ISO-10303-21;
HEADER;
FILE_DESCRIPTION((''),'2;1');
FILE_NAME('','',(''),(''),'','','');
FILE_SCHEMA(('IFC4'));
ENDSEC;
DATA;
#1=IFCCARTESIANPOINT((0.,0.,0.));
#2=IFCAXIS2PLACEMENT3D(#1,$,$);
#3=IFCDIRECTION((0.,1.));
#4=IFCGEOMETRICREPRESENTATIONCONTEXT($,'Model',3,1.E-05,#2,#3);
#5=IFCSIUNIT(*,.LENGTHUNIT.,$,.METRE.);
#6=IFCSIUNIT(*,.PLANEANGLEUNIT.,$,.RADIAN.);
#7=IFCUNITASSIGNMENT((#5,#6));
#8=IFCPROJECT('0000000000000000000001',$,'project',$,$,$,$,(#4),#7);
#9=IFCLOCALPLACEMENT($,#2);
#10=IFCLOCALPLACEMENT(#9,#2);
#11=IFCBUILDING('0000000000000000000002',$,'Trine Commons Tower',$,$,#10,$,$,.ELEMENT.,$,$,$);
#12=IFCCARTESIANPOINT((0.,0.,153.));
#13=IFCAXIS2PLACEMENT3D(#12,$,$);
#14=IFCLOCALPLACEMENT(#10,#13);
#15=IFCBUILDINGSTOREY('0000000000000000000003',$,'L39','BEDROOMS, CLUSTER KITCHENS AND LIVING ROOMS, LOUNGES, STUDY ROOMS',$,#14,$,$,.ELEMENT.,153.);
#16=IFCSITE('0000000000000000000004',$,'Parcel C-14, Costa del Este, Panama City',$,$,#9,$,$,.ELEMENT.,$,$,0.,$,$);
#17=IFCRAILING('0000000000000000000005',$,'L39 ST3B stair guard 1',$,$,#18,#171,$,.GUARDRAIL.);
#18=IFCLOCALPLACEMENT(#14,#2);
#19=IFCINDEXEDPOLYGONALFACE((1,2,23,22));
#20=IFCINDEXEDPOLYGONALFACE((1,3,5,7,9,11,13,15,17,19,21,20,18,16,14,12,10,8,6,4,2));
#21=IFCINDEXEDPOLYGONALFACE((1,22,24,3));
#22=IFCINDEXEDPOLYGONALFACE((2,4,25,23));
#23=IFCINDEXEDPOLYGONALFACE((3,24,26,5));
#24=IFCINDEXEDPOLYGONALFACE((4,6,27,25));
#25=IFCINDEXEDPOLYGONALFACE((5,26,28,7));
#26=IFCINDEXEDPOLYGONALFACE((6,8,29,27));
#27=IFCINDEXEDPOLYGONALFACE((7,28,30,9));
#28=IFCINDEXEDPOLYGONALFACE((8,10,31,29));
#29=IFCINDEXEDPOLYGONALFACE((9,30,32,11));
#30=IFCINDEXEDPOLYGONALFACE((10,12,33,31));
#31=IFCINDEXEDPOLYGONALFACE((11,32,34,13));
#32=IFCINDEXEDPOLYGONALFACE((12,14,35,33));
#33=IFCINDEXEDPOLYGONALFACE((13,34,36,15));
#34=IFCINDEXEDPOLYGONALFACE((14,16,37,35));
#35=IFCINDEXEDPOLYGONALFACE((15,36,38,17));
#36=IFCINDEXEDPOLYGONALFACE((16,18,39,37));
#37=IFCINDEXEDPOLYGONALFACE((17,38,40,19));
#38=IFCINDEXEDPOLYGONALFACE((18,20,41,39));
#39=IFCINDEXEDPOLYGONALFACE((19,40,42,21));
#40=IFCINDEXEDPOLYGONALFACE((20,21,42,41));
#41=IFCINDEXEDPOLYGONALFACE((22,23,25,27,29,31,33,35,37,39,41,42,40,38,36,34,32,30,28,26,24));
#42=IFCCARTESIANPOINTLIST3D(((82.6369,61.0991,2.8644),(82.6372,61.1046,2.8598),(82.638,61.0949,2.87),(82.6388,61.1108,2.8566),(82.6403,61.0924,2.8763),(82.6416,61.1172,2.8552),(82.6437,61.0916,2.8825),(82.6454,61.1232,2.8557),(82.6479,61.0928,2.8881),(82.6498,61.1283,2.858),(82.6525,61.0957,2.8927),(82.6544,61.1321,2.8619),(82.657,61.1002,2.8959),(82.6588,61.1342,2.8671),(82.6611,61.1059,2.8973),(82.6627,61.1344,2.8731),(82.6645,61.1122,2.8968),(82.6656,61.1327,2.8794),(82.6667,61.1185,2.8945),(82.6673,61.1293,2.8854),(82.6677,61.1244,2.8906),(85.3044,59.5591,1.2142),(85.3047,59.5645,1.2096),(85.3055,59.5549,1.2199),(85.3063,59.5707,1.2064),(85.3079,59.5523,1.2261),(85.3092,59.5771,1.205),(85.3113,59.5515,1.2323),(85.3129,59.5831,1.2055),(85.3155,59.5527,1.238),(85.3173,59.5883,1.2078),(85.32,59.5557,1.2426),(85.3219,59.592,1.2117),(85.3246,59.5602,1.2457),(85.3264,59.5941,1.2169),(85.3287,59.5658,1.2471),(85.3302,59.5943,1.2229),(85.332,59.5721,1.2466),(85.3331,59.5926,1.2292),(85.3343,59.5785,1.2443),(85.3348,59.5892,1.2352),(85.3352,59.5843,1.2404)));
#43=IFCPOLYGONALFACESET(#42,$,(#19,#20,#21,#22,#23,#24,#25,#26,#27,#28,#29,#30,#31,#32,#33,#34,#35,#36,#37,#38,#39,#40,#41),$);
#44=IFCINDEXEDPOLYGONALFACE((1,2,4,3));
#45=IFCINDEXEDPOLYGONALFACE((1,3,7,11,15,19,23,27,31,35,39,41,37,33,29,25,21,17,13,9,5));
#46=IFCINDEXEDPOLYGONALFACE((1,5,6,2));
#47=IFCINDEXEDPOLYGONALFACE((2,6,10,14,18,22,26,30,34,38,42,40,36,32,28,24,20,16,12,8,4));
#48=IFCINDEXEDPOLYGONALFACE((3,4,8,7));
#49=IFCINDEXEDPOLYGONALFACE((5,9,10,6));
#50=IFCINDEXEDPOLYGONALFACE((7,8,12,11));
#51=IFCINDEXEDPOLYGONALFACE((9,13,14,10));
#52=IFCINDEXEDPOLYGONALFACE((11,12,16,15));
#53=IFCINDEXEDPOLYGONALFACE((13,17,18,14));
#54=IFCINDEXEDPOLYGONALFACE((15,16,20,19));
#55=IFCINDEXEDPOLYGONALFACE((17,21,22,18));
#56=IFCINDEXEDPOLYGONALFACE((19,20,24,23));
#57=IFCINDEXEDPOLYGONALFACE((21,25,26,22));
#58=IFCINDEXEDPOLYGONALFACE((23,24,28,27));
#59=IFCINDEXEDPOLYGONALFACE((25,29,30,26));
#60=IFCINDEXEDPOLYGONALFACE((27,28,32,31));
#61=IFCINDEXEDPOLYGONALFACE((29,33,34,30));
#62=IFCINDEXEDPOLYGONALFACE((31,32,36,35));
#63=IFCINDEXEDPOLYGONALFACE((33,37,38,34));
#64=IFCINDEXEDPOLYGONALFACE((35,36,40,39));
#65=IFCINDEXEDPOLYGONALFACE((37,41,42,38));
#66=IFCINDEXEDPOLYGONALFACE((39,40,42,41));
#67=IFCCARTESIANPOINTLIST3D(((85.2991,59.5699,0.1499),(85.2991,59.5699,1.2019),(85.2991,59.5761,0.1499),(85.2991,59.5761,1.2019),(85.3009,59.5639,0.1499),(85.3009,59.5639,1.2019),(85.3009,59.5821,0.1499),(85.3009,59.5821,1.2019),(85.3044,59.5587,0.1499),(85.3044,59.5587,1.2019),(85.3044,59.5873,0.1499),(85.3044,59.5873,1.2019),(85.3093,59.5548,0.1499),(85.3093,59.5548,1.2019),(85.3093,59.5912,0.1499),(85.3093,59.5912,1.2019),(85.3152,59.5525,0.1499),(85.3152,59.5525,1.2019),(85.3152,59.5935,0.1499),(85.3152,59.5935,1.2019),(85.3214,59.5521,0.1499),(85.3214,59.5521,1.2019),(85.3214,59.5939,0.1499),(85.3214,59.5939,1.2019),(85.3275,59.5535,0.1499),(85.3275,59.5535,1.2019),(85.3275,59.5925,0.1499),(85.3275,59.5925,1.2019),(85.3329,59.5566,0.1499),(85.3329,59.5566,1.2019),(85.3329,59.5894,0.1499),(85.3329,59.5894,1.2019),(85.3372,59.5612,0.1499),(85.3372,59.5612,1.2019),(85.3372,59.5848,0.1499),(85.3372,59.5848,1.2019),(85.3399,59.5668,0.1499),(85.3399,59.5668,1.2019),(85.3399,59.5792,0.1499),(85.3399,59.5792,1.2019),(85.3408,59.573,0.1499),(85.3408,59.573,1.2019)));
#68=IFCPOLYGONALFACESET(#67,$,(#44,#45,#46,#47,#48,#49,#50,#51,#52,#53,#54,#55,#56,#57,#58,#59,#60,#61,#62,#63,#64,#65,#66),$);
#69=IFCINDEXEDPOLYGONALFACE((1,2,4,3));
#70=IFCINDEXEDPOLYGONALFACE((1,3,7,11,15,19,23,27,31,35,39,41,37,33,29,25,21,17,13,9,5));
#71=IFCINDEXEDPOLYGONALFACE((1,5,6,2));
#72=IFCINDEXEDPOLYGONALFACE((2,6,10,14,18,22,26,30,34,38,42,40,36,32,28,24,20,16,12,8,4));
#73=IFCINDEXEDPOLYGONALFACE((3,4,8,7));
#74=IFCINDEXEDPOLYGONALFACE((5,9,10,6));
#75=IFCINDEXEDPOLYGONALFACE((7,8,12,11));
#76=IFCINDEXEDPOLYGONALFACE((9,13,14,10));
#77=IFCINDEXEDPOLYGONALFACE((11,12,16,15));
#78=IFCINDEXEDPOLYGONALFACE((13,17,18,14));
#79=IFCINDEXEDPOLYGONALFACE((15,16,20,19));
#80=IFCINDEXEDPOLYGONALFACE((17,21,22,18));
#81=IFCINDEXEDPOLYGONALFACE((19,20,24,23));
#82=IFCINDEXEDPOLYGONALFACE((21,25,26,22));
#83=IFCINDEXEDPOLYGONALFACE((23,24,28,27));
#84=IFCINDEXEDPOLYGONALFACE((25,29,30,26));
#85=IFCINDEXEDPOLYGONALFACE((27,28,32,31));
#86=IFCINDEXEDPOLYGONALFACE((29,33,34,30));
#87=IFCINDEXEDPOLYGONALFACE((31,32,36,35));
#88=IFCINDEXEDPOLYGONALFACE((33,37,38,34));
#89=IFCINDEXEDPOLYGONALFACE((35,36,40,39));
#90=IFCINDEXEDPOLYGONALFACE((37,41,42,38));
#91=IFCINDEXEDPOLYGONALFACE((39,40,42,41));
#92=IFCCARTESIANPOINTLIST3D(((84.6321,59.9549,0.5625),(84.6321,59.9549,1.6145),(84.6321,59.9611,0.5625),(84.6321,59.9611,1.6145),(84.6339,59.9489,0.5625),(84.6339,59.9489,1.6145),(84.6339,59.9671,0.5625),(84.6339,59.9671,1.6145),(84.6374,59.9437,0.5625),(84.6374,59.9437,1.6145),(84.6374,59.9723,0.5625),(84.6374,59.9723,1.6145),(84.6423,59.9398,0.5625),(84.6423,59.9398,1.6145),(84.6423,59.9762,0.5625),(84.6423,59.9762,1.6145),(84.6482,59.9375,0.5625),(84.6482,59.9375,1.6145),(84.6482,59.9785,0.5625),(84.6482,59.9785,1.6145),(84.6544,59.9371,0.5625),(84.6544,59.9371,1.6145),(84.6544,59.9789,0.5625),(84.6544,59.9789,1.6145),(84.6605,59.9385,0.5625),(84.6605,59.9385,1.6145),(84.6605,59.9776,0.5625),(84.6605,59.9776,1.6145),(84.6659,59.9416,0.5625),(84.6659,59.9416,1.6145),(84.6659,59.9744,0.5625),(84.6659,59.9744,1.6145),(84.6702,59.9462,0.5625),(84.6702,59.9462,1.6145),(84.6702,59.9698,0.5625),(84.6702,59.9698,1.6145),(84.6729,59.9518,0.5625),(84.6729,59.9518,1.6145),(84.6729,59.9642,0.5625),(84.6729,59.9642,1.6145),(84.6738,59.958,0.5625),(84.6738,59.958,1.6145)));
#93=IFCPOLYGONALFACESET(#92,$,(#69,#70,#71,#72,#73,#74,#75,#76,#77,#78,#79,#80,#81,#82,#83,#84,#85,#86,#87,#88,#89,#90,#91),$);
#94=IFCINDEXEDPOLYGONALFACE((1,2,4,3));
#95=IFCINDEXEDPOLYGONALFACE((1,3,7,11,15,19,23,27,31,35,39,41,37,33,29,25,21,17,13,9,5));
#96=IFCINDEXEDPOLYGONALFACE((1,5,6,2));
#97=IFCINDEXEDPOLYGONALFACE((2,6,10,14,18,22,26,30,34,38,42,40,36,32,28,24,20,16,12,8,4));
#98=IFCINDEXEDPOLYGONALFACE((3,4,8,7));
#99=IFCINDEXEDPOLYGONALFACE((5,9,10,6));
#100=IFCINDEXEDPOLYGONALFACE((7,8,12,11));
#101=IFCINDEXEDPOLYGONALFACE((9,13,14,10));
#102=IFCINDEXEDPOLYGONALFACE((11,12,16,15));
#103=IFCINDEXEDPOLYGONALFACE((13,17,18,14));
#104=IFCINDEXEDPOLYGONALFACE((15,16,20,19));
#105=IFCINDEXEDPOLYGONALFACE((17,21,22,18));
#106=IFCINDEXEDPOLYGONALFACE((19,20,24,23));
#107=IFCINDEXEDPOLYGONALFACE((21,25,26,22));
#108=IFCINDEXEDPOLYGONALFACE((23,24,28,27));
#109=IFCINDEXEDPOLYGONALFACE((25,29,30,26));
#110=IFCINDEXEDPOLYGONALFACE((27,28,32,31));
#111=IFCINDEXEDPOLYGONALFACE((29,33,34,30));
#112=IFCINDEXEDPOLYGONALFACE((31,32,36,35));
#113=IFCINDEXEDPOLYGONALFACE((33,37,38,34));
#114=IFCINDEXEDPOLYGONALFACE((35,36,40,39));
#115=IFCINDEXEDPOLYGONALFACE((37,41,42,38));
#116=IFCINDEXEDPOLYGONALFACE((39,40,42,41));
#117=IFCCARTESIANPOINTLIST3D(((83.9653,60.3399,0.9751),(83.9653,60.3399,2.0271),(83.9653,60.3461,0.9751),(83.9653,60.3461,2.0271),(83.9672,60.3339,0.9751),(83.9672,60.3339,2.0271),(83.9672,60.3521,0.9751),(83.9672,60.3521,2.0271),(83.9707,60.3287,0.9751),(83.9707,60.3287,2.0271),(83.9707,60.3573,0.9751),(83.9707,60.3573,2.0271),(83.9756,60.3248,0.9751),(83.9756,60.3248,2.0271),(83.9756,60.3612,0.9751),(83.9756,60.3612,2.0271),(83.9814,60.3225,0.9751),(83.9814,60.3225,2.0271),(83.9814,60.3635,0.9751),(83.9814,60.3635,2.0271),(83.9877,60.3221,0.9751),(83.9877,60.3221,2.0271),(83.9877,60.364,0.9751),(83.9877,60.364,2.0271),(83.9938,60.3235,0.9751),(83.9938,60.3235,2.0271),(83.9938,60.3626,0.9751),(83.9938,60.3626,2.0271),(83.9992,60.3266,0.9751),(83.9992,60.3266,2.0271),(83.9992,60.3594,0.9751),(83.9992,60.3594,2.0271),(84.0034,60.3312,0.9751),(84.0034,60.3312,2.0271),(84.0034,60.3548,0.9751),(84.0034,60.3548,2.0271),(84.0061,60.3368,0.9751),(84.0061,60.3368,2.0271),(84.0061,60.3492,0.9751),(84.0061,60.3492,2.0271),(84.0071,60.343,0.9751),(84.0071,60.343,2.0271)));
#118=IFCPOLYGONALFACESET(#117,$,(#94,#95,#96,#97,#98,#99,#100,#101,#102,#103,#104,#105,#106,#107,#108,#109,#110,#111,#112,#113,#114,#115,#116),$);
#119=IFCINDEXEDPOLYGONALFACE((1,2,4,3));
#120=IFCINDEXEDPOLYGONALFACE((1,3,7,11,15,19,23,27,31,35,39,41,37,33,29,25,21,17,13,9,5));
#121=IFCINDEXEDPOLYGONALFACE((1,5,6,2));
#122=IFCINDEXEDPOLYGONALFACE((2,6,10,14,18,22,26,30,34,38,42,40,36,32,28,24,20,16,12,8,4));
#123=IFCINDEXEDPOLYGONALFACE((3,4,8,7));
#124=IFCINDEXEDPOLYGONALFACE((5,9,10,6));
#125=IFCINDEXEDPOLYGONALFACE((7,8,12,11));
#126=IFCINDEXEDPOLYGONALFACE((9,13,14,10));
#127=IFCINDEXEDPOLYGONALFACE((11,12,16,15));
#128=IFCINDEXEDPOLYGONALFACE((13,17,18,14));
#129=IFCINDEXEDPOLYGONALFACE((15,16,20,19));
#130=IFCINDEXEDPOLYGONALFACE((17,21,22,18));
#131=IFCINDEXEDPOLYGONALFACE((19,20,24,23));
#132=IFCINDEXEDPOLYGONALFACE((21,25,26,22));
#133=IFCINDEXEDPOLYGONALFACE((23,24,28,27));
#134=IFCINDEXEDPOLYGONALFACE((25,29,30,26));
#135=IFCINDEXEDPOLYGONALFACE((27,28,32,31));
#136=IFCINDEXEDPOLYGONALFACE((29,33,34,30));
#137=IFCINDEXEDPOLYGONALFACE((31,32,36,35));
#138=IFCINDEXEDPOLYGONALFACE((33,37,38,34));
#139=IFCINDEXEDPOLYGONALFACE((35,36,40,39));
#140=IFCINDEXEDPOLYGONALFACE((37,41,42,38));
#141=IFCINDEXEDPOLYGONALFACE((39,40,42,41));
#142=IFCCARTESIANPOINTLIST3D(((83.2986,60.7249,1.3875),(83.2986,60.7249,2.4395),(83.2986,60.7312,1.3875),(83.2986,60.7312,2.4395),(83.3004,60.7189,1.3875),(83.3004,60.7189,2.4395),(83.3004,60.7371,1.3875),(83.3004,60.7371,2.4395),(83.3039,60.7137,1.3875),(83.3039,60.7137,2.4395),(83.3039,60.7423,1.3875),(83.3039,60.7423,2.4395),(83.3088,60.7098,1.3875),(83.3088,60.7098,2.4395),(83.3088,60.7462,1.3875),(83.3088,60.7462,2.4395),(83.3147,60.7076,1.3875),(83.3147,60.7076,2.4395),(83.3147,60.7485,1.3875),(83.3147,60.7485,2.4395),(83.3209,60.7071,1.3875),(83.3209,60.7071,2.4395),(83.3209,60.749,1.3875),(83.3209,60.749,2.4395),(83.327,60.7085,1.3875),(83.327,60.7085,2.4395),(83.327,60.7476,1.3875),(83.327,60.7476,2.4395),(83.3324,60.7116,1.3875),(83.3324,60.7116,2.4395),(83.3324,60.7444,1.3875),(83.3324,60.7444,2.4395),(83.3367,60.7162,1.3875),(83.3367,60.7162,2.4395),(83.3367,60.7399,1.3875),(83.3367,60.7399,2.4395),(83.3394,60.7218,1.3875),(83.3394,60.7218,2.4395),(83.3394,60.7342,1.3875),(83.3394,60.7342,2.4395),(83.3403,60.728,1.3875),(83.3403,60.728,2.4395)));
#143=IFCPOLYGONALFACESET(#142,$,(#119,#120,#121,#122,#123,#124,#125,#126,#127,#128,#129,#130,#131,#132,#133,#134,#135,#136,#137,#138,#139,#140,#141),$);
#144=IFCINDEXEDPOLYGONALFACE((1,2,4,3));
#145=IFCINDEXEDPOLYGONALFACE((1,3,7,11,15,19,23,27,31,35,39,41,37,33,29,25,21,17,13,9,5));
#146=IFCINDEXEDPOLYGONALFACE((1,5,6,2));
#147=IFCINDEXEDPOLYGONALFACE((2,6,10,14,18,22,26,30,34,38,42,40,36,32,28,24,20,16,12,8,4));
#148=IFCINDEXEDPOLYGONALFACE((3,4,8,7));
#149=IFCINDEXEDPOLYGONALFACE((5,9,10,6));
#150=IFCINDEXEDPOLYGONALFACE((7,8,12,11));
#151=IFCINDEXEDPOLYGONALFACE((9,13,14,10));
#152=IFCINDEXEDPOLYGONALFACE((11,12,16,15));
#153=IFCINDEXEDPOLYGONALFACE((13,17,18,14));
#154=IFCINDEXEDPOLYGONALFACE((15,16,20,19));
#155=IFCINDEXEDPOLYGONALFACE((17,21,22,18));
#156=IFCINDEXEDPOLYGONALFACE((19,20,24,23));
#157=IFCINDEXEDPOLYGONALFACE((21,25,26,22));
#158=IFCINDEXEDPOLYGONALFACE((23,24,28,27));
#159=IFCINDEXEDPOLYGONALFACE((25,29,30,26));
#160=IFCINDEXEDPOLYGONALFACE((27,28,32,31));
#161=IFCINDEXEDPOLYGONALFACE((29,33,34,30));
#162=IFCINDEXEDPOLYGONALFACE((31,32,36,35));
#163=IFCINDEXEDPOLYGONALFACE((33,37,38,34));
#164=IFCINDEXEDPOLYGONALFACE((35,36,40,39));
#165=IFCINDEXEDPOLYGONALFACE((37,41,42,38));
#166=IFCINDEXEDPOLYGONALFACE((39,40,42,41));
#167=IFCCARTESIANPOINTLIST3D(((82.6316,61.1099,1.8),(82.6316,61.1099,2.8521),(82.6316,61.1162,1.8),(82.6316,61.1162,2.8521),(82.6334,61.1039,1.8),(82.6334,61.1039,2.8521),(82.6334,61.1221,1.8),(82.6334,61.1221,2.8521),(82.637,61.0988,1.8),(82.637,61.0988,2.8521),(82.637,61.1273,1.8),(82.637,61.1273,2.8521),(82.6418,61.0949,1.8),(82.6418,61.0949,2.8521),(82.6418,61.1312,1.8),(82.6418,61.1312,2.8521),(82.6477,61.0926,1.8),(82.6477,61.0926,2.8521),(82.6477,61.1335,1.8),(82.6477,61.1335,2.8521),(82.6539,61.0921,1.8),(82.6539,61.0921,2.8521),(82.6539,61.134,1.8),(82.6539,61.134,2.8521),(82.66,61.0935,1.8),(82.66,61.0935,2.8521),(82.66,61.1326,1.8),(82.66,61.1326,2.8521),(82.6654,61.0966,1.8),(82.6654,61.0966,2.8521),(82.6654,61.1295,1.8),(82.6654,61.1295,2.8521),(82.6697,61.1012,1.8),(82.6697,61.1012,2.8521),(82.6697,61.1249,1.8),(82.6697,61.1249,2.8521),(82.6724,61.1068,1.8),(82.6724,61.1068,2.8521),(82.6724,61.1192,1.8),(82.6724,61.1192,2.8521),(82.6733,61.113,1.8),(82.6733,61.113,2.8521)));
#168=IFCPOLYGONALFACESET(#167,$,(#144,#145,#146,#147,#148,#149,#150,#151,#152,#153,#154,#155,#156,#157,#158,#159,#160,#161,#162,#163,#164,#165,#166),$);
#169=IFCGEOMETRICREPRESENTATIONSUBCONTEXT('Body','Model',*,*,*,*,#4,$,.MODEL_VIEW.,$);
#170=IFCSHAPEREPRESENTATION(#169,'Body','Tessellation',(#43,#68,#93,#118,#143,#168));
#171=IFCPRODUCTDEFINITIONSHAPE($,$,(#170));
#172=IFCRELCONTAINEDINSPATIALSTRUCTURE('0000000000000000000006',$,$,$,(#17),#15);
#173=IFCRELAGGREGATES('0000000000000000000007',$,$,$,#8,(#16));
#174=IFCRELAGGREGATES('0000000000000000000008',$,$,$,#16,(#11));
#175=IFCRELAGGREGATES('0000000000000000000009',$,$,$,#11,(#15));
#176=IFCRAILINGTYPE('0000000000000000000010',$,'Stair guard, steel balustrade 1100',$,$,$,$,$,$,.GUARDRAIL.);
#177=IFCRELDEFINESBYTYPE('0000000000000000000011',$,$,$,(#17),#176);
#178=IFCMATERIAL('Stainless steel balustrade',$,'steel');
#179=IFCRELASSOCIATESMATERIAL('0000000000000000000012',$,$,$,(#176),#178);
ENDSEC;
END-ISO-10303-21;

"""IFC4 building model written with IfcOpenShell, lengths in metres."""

from ifc_helpers import new_model, si_unit, direction, frame, origin, origin_2d, place, context, subcontext, project, spatial, circle, extrude, material, type_object, element, save


model = new_model("IFC4")

# Units and contexts
model_context = context("Model", 3, precision=1e-05, world=origin(), true_north=direction((0.0, 1.0)))
body_context = subcontext(model_context, "Body", "Model", "MODEL_VIEW")
ifc_project = project(units=[si_unit("LENGTHUNIT", "METRE"), si_unit("PLANEANGLEUNIT", "RADIAN")], contexts=[model_context])

# Site, building, storey
site_placement = place(None, origin())
site = spatial("IfcSite", under=ifc_project, at=site_placement, Name="Parcel C-14, Costa del Este, Panama City", CompositionType="ELEMENT", RefElevation=0.0)
building_placement = place(site_placement, origin())
building = spatial("IfcBuilding", under=site, at=building_placement, Name="Trine Commons Tower", CompositionType="ELEMENT")
storey_placement = place(building_placement, frame((0.0, 0.0, 153.0)))
storey = spatial("IfcBuildingStorey", under=building, at=storey_placement, Name="L39", Description="BEDROOMS, CLUSTER KITCHENS AND LIVING ROOMS, LOUNGES, STUDY ROOMS", CompositionType="ELEMENT", Elevation=153.0)

# Railing
ifc_material_1 = material(Name="Stainless steel balustrade", Category="steel")
railing_type_1 = type_object("IfcRailingType", Name="Stair guard, steel balustrade 1100", PredefinedType="GUARDRAIL", material=ifc_material_1)
railing_1_placement = place(storey_placement, frame((85.3198, 59.573, 0.1499)))
element("IfcRailing", 1, at=railing_1_placement, inside=storey, type_object=railing_type_1, Name="L39 ST3B stair guard 1", PredefinedType="GUARDRAIL", context=body_context, shape_type="SweptSolid", body=[
    extrude(circle(Radius=0.0239, at=origin_2d()), frame((0.0, 0.0, 1.0762), z_axis=(-0.76338, 0.440728, 0.472239), x_axis=(-0.499992, -0.86603, 0.0)), (0.0, 0.0, 1.0), 3.4944),
    extrude(circle(Radius=0.021, at=origin_2d()), origin(), (0.0, 0.0, 1.0), 1.052),
    extrude(circle(Radius=0.021, at=origin_2d()), frame((-0.667, 0.385, 0.4126)), (0.0, 0.0, 1.0), 1.052),
    extrude(circle(Radius=0.021, at=origin_2d()), frame((-1.3337, 0.77, 0.8252)), (0.0, 0.0, 1.0), 1.052),
    extrude(circle(Radius=0.021, at=origin_2d()), frame((-2.0005, 1.155, 1.2375)), (0.0, 0.0, 1.0), 1.052),
    extrude(circle(Radius=0.021, at=origin_2d()), frame((-2.6675, 1.54, 1.6501)), (0.0, 0.0, 1.0), 1.052),
])

save(model, "model.ifc")
